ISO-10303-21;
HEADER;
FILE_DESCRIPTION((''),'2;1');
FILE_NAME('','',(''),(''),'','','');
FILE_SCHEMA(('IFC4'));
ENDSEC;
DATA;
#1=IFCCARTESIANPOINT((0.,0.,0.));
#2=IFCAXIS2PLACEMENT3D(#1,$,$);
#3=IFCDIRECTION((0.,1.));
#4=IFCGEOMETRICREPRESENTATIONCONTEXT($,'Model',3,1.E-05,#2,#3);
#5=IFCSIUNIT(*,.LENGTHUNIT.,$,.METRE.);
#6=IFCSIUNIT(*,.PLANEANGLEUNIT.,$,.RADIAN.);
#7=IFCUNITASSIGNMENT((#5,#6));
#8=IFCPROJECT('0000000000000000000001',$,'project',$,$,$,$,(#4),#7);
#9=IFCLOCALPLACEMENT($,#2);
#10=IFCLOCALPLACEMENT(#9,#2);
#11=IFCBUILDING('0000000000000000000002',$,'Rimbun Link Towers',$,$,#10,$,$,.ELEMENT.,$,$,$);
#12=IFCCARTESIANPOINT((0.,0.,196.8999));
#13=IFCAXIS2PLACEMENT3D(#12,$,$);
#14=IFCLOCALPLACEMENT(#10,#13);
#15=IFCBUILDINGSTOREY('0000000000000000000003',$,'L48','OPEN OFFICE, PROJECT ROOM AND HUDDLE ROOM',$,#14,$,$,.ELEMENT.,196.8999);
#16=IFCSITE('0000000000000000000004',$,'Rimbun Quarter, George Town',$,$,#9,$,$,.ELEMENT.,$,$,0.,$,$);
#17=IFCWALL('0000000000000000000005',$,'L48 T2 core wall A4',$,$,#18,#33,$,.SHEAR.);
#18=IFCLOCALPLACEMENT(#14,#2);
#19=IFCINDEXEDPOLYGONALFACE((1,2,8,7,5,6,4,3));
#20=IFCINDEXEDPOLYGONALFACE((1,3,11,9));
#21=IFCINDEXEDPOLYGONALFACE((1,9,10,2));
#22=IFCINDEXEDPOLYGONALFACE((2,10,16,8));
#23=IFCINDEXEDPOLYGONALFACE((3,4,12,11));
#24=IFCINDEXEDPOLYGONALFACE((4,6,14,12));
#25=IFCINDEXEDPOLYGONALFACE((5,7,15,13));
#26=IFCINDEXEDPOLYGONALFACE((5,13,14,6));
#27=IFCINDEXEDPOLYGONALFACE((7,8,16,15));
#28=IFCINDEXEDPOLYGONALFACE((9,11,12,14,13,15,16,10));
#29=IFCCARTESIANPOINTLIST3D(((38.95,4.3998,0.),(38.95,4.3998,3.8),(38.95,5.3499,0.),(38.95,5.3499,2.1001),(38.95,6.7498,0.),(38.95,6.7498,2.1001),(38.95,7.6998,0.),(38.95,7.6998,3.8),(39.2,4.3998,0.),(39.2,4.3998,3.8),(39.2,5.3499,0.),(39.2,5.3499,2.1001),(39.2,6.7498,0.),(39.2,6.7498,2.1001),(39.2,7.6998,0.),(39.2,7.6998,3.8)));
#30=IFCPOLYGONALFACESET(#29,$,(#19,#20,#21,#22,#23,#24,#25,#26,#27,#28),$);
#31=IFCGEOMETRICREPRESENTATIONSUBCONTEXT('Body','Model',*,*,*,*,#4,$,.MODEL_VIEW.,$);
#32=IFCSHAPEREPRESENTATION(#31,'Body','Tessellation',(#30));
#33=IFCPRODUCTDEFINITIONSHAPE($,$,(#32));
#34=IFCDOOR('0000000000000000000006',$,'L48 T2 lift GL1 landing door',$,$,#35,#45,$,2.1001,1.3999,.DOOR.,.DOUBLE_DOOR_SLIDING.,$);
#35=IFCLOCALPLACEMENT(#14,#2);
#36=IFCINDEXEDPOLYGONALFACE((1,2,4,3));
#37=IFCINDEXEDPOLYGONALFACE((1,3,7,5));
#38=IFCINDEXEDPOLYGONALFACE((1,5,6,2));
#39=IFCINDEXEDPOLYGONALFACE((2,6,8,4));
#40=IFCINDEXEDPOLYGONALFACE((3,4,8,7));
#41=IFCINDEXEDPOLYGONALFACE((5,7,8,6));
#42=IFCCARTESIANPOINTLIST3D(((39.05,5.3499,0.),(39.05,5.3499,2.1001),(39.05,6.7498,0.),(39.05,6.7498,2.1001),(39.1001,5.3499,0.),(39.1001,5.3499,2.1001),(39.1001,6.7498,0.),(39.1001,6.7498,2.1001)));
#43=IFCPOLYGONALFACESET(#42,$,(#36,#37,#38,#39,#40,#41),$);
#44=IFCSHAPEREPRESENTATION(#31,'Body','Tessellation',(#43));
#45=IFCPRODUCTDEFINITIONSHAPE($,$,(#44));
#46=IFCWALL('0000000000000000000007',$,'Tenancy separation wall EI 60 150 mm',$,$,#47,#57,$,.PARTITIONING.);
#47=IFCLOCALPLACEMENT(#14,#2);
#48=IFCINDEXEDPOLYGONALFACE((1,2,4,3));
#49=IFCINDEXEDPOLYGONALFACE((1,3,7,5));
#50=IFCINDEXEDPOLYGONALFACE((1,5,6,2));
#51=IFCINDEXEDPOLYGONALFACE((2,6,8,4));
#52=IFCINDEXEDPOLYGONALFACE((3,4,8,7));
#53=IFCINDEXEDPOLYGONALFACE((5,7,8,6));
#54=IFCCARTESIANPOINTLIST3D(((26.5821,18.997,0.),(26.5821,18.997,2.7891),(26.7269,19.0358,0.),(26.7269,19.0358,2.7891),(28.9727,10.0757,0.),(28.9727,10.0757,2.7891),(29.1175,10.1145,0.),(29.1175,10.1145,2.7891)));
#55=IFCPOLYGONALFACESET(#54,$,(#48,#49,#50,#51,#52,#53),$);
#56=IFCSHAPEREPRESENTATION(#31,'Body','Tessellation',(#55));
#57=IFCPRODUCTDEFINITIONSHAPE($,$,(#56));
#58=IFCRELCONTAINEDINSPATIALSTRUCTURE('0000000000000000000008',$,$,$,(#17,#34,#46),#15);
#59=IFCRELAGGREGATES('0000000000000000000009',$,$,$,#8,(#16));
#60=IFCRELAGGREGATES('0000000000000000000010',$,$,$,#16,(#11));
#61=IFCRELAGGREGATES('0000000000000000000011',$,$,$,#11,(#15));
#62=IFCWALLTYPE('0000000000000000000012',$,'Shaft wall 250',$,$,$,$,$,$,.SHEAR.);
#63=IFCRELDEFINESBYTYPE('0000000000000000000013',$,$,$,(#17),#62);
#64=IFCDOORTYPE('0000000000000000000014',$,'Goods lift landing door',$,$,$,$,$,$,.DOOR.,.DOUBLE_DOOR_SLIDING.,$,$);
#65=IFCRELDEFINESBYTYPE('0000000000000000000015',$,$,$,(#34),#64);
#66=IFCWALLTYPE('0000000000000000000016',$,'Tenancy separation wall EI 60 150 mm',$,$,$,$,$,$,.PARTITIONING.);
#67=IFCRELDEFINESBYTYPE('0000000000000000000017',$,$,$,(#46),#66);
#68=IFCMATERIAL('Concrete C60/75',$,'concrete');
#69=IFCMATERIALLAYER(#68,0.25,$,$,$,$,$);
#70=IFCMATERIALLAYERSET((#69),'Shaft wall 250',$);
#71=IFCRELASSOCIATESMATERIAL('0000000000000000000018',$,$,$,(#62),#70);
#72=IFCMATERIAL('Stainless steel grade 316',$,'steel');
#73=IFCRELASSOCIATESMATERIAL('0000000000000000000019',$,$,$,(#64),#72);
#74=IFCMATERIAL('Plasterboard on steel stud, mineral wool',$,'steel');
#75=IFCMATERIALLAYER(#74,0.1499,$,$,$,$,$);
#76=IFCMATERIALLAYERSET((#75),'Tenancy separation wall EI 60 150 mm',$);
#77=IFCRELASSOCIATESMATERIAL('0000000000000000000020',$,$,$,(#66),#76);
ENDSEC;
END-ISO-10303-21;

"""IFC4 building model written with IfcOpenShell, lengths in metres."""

from ifc_helpers import new_model, si_unit, direction, frame, frame_2d, origin, place, context, subcontext, project, spatial, rectangle, extrude, material, layer, layer_set, type_object, element, fill, save


model = new_model("IFC4")

# Units and contexts
model_context = context("Model", 3, precision=1e-05, world=origin(), true_north=direction((0.0, 1.0)))
body_context = subcontext(model_context, "Body", "Model", "MODEL_VIEW")
ifc_project = project(units=[si_unit("LENGTHUNIT", "METRE"), si_unit("PLANEANGLEUNIT", "RADIAN")], contexts=[model_context])

# Site, building, storey
site_placement = place(None, origin())
site = spatial("IfcSite", under=ifc_project, at=site_placement, Name="Rimbun Quarter, George Town", CompositionType="ELEMENT", RefElevation=0.0)
building_placement = place(site_placement, origin())
building = spatial("IfcBuilding", under=site, at=building_placement, Name="Rimbun Link Towers", CompositionType="ELEMENT")
storey_placement = place(building_placement, frame((0.0, 0.0, 196.8999)))
storey = spatial("IfcBuildingStorey", under=building, at=storey_placement, Name="L48", Description="OPEN OFFICE, PROJECT ROOM AND HUDDLE ROOM", CompositionType="ELEMENT", Elevation=196.8999)

# Shared definitions
ifc_material_1 = material(Name="Concrete C60/75", Category="concrete")
ifc_layer_1 = layer(ifc_material_1, 0.25)
ifc_layer_set_1 = layer_set([ifc_layer_1], Name="Shaft wall 250")
wall_type_1 = type_object("IfcWallType", Name="Shaft wall 250", PredefinedType="SHEAR", material=ifc_layer_set_1)

# Wall, opening, door
wall_1_placement = place(storey_placement, frame((39.075, 4.3999, 0.0), z_axis=(0.0, 0.0, 1.0), x_axis=(0.0, 1.0, 0.0)))
wall_1 = element("IfcWall", 1, at=wall_1_placement, inside=storey, type_object=wall_type_1, Name="L48 T2 core wall A4", PredefinedType="SHEAR", context=body_context, shape_type="SweptSolid", body=[
    extrude(rectangle(XDim=3.3, YDim=0.25, at=frame_2d((1.6499, 0.0))), origin(), (0.0, 0.0, 1.0), 3.8),
])
opening_1_placement = place(wall_1_placement, frame((0.95, 0.0, 0.0)))
opening_1 = element("IfcOpeningElement", 2, at=opening_1_placement, cuts=wall_1, PredefinedType="OPENING", context=body_context, shape_type="SweptSolid", body=[
    extrude(rectangle(XDim=1.3999, YDim=2.1001, at=frame_2d((0.7, 1.05))), frame((0.0, 0.135, 0.0), z_axis=(0.0, -1.0, 0.0), x_axis=(1.0, 0.0, 0.0)), (0.0, 0.0, 1.0), 0.27),
])
ifc_material_2 = material(Name="Stainless steel grade 316", Category="steel")
door_type_1 = type_object("IfcDoorType", Name="Goods lift landing door", OperationType="DOUBLE_DOOR_SLIDING", PredefinedType="DOOR", material=ifc_material_2)
door_1_placement = place(opening_1_placement, origin())
door_1 = element("IfcDoor", 3, at=door_1_placement, inside=storey, type_object=door_type_1, Name="L48 T2 lift GL1 landing door", OperationType="DOUBLE_DOOR_SLIDING", OverallHeight=2.1001, OverallWidth=1.3999, PredefinedType="DOOR", context=body_context, shape_type="SweptSolid", body=[
    extrude(rectangle(XDim=1.3999, YDim=2.1001, at=frame_2d((0.7, 1.05))), frame((0.0, 0.0249, 0.0), z_axis=(0.0, -1.0, 0.0), x_axis=(1.0, 0.0, 0.0)), (0.0, 0.0, 1.0), 0.05),
])
fill(opening_1, door_1)

# Wall
ifc_material_3 = material(Name="Plasterboard on steel stud, mineral wool", Category="steel")
ifc_layer_2 = layer(ifc_material_3, 0.1499)
ifc_layer_set_2 = layer_set([ifc_layer_2], Name="Tenancy separation wall EI 60 150 mm")
wall_type_2 = type_object("IfcWallType", Name="Tenancy separation wall EI 60 150 mm", PredefinedType="PARTITIONING", material=ifc_layer_set_2)
wall_2_placement = place(storey_placement, frame((29.0452, 10.095, 0.0), z_axis=(0.0, 0.0, 1.0), x_axis=(-0.258834, 0.965922, 0.0)))
element("IfcWall", 4, at=wall_2_placement, inside=storey, type_object=wall_type_2, Name="Tenancy separation wall EI 60 150 mm", PredefinedType="PARTITIONING", context=body_context, shape_type="SweptSolid", body=[
    extrude(rectangle(XDim=9.2361, YDim=0.1499, at=frame_2d((4.6182, 0.0))), origin(), (0.0, 0.0, 1.0), 2.7891),
])

save(model, "model.ifc")
